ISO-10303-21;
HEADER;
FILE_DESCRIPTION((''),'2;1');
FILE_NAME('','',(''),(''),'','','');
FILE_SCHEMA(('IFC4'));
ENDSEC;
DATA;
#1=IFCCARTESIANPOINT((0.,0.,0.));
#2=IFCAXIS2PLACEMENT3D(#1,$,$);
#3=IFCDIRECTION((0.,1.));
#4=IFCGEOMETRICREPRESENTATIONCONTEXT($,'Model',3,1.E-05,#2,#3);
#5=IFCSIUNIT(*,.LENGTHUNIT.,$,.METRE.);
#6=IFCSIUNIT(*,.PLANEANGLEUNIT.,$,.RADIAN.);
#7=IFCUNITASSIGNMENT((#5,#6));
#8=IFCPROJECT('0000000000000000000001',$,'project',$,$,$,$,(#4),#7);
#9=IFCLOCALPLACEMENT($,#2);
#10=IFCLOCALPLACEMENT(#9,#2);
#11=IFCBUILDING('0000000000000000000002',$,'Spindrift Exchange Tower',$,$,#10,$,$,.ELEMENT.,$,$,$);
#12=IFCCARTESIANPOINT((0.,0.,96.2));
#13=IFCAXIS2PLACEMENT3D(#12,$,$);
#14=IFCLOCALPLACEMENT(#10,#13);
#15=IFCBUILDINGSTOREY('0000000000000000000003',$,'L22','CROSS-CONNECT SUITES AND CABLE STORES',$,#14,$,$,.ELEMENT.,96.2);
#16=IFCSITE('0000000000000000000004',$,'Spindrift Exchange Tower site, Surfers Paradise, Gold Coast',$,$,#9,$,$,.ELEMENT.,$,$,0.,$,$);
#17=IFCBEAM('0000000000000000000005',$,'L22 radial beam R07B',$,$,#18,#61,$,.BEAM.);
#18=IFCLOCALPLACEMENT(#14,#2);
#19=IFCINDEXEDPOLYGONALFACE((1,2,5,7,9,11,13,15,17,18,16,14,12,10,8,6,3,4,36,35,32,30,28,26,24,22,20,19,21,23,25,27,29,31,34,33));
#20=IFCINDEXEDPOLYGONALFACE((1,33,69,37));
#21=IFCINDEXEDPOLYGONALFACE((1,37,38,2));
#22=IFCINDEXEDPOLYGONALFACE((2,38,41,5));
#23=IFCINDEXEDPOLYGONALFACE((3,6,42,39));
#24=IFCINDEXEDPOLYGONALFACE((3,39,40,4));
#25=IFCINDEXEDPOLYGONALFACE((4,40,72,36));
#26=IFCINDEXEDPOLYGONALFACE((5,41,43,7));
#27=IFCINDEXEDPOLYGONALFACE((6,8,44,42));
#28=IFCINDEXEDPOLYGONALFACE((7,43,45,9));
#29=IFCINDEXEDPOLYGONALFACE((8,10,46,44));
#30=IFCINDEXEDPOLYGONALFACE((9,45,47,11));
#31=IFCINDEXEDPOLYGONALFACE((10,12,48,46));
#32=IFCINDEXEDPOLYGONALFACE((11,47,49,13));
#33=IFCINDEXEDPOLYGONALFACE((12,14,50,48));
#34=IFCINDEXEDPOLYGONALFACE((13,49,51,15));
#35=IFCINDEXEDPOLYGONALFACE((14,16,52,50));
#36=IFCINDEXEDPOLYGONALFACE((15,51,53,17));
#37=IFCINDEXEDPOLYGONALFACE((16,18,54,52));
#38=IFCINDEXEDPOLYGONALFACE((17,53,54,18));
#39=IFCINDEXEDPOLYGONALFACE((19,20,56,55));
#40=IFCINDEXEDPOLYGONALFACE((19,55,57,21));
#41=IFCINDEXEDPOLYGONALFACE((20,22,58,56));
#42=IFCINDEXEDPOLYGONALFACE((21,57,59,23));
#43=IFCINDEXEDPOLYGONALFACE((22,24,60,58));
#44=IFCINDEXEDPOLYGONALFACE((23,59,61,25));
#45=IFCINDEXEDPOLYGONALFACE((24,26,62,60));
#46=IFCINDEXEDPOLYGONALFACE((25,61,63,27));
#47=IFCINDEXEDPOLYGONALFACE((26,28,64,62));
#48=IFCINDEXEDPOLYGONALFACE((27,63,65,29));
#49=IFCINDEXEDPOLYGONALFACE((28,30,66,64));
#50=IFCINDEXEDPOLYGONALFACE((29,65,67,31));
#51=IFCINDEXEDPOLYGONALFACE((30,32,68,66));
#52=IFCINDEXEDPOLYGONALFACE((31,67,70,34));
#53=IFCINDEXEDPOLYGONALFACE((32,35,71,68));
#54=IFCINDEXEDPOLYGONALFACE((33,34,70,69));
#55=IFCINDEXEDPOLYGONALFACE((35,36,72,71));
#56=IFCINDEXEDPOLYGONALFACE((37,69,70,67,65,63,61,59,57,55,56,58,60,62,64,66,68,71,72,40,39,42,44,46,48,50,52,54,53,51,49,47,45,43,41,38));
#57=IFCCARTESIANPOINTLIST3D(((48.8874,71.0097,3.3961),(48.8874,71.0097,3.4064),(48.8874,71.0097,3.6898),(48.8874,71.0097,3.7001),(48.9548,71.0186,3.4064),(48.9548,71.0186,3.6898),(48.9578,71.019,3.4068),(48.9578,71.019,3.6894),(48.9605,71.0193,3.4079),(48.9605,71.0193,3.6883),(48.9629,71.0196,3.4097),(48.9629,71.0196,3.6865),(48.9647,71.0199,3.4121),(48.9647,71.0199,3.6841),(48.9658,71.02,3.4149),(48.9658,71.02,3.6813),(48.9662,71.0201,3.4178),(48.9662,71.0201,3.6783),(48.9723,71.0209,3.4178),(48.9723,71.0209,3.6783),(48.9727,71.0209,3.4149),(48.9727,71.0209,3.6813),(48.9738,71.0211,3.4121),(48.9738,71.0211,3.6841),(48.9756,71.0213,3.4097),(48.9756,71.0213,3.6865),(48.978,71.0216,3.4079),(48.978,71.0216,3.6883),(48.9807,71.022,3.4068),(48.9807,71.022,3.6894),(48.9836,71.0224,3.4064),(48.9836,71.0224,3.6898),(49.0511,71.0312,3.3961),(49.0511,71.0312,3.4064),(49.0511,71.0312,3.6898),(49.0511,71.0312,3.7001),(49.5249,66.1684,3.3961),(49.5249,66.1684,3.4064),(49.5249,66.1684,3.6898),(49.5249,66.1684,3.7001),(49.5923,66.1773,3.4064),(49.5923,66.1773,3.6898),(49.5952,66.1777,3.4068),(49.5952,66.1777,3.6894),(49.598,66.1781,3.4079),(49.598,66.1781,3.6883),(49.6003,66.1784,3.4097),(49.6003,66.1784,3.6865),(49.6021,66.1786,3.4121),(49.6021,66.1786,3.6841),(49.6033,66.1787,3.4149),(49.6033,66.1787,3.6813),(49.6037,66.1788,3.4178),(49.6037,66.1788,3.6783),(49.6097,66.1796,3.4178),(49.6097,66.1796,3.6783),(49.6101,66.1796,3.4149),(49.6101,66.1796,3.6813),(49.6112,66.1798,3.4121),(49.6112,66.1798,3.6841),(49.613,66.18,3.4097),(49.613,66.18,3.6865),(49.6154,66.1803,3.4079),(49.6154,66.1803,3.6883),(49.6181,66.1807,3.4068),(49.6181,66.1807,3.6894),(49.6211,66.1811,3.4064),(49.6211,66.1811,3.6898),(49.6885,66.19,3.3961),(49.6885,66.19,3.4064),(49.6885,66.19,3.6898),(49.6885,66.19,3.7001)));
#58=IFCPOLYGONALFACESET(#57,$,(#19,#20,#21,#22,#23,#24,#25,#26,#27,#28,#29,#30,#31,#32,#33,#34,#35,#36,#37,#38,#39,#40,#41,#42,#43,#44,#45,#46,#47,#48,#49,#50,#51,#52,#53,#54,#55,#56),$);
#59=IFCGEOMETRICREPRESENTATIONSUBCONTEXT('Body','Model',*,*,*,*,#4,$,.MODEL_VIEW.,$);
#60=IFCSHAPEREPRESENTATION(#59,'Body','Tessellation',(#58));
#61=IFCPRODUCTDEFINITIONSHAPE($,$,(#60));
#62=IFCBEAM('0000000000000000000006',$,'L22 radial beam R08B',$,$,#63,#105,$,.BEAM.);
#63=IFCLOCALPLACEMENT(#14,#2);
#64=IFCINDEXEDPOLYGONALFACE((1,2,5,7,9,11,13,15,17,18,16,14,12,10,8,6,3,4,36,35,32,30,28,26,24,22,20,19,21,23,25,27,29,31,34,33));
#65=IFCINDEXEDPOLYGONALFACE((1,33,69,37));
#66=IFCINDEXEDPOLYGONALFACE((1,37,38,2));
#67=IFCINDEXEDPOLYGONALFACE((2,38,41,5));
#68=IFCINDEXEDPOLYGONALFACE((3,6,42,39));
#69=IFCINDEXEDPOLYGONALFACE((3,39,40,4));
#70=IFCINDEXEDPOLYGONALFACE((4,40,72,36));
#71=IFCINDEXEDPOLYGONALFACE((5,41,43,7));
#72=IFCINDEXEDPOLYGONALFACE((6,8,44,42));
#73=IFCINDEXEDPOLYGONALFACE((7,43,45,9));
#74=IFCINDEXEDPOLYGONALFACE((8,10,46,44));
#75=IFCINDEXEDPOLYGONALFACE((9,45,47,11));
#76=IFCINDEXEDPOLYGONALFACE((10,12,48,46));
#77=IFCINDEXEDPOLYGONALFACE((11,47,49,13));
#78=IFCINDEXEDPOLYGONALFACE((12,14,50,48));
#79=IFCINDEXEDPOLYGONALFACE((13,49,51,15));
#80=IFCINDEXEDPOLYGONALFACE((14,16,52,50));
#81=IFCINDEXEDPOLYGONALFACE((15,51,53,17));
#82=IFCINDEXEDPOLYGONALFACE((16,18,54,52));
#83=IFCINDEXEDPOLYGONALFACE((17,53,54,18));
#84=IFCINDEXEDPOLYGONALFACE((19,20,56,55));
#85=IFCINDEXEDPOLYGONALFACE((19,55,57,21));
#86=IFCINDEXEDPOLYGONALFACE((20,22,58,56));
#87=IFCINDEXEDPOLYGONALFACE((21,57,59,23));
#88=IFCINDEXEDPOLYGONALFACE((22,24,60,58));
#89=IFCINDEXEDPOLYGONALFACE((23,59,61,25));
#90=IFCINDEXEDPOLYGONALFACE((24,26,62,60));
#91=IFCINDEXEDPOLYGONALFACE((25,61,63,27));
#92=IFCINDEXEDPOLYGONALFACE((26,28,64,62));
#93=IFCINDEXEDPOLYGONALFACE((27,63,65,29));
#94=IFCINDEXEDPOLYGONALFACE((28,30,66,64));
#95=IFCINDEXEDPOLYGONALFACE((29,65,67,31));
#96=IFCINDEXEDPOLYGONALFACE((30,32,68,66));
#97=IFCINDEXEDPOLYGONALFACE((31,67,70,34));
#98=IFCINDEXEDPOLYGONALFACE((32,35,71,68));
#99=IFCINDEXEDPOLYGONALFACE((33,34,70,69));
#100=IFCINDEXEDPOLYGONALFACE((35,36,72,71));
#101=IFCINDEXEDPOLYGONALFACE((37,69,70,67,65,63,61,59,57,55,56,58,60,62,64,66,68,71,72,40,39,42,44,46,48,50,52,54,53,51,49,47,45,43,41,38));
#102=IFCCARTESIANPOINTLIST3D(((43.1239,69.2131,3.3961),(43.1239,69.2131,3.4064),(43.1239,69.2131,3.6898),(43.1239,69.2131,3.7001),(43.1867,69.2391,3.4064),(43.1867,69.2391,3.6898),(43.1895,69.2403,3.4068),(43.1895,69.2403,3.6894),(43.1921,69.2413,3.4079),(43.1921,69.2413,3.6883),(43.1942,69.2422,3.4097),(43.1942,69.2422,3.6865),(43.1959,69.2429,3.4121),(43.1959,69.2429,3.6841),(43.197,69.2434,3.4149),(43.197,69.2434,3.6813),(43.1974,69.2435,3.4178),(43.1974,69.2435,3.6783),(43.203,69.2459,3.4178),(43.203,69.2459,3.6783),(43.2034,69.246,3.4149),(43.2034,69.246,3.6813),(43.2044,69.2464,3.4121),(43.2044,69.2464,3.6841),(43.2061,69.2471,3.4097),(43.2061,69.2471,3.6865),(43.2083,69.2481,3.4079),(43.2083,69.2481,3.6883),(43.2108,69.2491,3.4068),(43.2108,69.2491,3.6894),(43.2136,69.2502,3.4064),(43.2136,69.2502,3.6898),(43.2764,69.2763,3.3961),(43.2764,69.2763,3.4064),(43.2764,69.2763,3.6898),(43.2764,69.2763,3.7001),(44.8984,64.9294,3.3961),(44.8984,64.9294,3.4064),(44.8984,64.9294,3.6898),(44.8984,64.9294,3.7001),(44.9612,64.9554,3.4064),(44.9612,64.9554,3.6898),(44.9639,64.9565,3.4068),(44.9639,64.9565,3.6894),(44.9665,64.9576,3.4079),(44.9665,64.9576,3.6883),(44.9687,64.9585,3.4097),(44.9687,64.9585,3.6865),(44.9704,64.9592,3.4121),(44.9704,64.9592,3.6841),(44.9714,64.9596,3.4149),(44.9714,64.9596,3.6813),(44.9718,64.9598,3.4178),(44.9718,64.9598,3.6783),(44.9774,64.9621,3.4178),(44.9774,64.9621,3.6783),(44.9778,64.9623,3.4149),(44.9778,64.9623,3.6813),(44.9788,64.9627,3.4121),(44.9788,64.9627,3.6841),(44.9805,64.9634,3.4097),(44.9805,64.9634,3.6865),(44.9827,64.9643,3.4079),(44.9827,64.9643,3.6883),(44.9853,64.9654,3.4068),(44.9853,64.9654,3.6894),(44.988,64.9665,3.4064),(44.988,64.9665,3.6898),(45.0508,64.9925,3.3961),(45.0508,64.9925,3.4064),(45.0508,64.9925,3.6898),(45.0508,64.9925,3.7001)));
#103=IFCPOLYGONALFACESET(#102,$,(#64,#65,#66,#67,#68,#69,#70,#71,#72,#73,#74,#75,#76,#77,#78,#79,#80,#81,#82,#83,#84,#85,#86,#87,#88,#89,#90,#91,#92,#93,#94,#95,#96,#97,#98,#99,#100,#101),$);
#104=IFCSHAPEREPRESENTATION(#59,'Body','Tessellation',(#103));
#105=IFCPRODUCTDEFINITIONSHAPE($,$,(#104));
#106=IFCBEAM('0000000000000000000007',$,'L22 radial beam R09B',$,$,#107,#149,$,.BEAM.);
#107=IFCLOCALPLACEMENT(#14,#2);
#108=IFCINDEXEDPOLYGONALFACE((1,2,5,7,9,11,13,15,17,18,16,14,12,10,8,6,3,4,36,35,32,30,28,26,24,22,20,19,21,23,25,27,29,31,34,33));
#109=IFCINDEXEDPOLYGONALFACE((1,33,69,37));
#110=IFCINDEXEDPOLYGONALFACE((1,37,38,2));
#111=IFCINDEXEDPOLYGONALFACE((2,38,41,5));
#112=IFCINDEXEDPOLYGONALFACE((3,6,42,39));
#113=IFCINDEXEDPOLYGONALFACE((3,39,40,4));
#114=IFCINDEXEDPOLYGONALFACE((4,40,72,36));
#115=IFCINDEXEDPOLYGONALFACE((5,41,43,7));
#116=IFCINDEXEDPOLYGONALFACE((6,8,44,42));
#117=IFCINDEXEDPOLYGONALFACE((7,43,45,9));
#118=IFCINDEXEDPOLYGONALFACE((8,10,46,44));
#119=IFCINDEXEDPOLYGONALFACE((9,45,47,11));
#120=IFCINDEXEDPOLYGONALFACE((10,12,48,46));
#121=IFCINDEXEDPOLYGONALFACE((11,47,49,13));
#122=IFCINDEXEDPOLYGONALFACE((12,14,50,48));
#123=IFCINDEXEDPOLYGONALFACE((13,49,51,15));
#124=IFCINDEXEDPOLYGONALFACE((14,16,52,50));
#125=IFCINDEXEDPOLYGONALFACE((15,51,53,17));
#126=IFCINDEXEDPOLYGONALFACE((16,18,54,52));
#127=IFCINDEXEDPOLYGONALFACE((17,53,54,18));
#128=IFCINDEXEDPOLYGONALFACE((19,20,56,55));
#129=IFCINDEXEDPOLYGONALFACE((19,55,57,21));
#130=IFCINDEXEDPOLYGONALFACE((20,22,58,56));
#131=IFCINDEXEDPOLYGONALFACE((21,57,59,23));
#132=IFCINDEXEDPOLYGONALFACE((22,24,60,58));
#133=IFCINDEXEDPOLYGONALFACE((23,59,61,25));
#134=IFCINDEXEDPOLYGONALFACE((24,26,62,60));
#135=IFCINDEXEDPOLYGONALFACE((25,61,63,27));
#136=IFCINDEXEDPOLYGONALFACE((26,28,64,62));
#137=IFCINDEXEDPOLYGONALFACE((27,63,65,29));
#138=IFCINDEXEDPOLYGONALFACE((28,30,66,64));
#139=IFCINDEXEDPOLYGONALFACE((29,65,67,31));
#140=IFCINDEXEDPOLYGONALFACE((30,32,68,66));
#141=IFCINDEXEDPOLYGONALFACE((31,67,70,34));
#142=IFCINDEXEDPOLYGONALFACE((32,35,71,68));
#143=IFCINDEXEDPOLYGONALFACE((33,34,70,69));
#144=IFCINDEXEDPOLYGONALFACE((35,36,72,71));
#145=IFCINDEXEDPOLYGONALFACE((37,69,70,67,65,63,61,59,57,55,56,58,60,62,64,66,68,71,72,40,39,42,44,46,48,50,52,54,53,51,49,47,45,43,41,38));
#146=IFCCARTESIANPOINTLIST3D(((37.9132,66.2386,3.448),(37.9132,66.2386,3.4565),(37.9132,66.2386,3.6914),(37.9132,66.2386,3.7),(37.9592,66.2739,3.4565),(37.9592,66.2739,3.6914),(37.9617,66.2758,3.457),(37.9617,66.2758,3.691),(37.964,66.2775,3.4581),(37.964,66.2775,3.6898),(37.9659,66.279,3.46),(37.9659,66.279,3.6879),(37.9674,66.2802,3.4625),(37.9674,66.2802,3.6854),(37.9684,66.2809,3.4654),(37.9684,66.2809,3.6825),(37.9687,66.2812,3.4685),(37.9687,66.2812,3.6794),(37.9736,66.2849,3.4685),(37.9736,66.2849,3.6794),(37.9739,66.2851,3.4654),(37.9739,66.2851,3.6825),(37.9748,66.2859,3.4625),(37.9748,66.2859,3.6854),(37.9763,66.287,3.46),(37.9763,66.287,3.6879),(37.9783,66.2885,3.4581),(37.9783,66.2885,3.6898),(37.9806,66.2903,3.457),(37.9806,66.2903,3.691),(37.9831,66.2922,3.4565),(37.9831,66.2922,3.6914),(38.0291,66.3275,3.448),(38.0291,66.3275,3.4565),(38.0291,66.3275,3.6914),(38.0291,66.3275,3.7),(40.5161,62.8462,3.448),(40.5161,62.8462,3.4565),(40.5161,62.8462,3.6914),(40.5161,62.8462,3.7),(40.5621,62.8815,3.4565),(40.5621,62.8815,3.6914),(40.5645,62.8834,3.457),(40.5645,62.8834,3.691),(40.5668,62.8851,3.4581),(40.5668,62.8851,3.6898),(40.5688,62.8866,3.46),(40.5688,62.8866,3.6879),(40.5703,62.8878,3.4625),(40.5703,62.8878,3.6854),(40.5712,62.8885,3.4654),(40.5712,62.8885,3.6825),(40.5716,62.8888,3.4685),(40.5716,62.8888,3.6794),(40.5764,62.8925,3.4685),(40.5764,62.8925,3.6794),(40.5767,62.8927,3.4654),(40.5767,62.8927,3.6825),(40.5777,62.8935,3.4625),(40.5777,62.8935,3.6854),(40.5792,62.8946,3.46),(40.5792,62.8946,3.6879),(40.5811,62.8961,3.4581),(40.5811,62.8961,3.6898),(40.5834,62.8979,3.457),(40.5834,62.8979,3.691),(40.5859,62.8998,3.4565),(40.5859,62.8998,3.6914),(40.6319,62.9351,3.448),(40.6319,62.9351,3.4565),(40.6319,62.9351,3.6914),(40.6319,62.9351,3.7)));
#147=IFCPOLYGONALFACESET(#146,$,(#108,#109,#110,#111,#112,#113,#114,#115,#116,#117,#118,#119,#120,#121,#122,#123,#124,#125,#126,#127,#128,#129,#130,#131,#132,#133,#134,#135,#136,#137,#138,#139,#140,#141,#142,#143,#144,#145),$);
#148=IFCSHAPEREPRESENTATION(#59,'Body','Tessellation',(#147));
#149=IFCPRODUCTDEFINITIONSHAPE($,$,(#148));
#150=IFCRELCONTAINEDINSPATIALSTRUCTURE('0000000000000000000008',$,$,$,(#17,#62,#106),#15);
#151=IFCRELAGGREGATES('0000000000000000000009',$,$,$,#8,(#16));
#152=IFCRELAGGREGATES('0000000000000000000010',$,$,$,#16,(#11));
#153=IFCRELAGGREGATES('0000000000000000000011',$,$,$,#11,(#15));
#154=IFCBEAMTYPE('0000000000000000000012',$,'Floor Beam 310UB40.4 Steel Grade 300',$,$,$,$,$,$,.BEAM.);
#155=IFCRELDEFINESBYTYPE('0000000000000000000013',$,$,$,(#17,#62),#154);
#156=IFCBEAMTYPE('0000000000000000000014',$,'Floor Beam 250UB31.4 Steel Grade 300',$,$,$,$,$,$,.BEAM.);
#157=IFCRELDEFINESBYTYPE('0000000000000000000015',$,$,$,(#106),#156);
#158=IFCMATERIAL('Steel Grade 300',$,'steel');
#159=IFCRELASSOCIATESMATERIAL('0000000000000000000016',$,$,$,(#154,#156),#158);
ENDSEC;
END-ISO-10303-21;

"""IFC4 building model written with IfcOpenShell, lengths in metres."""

from ifc_helpers import new_model, si_unit, direction, frame, origin, origin_2d, place, context, subcontext, project, spatial, i_section, extrude, source, transform, mapped, material, material_profile, profile_set, type_object, element, save


model = new_model("IFC4")

# Units and contexts
model_context = context("Model", 3, precision=1e-05, world=origin(), true_north=direction((0.0, 1.0)))
body_context = subcontext(model_context, "Body", "Model", "MODEL_VIEW")
ifc_project = project(units=[si_unit("LENGTHUNIT", "METRE"), si_unit("PLANEANGLEUNIT", "RADIAN")], contexts=[model_context])

# Site, building, storey
site_placement = place(None, origin())
site = spatial("IfcSite", under=ifc_project, at=site_placement, Name="Spindrift Exchange Tower site, Surfers Paradise, Gold Coast", CompositionType="ELEMENT", RefElevation=0.0)
building_placement = place(site_placement, origin())
building = spatial("IfcBuilding", under=site, at=building_placement, Name="Spindrift Exchange Tower", CompositionType="ELEMENT")
storey_placement = place(building_placement, frame((0.0, 0.0, 96.2)))
storey = spatial("IfcBuildingStorey", under=building, at=storey_placement, Name="L22", Description="CROSS-CONNECT SUITES AND CABLE STORES", CompositionType="ELEMENT", Elevation=96.2)

# Beams
ifc_material_1 = material(Name="Steel Grade 300", Category="steel")
ifc_material_profile_1 = material_profile(ifc_material_1, i_section(OverallWidth=0.165, OverallDepth=0.304, WebThickness=0.0061, FlangeThickness=0.0103, FilletRadius=0.0115, at=origin_2d()), Name="310UB40.4")
ifc_profile_set_1 = profile_set([ifc_material_profile_1], Name="Steel Grade 300")
beam_type_1 = type_object("IfcBeamType", Name="Floor Beam 310UB40.4 Steel Grade 300", PredefinedType="BEAM", material=ifc_profile_set_1)
shared_shape_1 = source(origin(), body_context, "Body", "SweptSolid", [
    extrude(i_section(OverallWidth=0.165, OverallDepth=0.304, WebThickness=0.0061, FlangeThickness=0.0103, FilletRadius=0.0115, at=origin_2d()), origin(), (0.0, 0.0, 1.0), 4.8831),
])
beam_1_placement = place(storey_placement, frame((49.6067, 66.1792, 3.5481), z_axis=(-0.130542, 0.991443, 0.0), x_axis=(-0.991443, -0.130542, 0.0)))
element("IfcBeam", 1, at=beam_1_placement, inside=storey, type_object=beam_type_1, Name="L22 radial beam R07B", PredefinedType="BEAM", context=body_context, shape_type="MappedRepresentation", body=[
    mapped(shared_shape_1, transform((0.0, 0.0, 0.0), scale=1.0)),
])
shared_shape_2 = source(origin(), body_context, "Body", "SweptSolid", [
    extrude(i_section(OverallWidth=0.165, OverallDepth=0.304, WebThickness=0.0061, FlangeThickness=0.0103, FilletRadius=0.0115, at=origin_2d()), origin(), (0.0, 0.0, 1.0), 4.6367),
])
beam_2_placement = place(storey_placement, frame((44.9746, 64.9609, 3.5481), z_axis=(-0.382693, 0.923876, 0.0), x_axis=(-0.923876, -0.382693, 0.0)))
element("IfcBeam", 2, at=beam_2_placement, inside=storey, type_object=beam_type_1, Name="L22 radial beam R08B", PredefinedType="BEAM", context=body_context, shape_type="MappedRepresentation", body=[
    mapped(shared_shape_2, transform((0.0, 0.0, 0.0), scale=1.0)),
])
ifc_material_profile_2 = material_profile(ifc_material_1, i_section(OverallWidth=0.146, OverallDepth=0.252, WebThickness=0.0061, FlangeThickness=0.0085, FilletRadius=0.012, at=origin_2d()), Name="250UB31.4")
ifc_profile_set_2 = profile_set([ifc_material_profile_2], Name="Steel Grade 300")
beam_type_2 = type_object("IfcBeamType", Name="Floor Beam 250UB31.4 Steel Grade 300", PredefinedType="BEAM", material=ifc_profile_set_2)
shared_shape_3 = source(origin(), body_context, "Body", "SweptSolid", [
    extrude(i_section(OverallWidth=0.146, OverallDepth=0.252, WebThickness=0.0061, FlangeThickness=0.0085, FilletRadius=0.012, at=origin_2d()), origin(), (0.0, 0.0, 1.0), 4.2759),
])
beam_3_placement = place(storey_placement, frame((40.574, 62.8906, 3.574), z_axis=(-0.608725, 0.793381, 0.0), x_axis=(-0.793381, -0.608725, 0.0)))
element("IfcBeam", 3, at=beam_3_placement, inside=storey, type_object=beam_type_2, Name="L22 radial beam R09B", PredefinedType="BEAM", context=body_context, shape_type="MappedRepresentation", body=[
    mapped(shared_shape_3, transform((0.0, 0.0, 0.0), scale=1.0)),
])

save(model, "model.ifc")
